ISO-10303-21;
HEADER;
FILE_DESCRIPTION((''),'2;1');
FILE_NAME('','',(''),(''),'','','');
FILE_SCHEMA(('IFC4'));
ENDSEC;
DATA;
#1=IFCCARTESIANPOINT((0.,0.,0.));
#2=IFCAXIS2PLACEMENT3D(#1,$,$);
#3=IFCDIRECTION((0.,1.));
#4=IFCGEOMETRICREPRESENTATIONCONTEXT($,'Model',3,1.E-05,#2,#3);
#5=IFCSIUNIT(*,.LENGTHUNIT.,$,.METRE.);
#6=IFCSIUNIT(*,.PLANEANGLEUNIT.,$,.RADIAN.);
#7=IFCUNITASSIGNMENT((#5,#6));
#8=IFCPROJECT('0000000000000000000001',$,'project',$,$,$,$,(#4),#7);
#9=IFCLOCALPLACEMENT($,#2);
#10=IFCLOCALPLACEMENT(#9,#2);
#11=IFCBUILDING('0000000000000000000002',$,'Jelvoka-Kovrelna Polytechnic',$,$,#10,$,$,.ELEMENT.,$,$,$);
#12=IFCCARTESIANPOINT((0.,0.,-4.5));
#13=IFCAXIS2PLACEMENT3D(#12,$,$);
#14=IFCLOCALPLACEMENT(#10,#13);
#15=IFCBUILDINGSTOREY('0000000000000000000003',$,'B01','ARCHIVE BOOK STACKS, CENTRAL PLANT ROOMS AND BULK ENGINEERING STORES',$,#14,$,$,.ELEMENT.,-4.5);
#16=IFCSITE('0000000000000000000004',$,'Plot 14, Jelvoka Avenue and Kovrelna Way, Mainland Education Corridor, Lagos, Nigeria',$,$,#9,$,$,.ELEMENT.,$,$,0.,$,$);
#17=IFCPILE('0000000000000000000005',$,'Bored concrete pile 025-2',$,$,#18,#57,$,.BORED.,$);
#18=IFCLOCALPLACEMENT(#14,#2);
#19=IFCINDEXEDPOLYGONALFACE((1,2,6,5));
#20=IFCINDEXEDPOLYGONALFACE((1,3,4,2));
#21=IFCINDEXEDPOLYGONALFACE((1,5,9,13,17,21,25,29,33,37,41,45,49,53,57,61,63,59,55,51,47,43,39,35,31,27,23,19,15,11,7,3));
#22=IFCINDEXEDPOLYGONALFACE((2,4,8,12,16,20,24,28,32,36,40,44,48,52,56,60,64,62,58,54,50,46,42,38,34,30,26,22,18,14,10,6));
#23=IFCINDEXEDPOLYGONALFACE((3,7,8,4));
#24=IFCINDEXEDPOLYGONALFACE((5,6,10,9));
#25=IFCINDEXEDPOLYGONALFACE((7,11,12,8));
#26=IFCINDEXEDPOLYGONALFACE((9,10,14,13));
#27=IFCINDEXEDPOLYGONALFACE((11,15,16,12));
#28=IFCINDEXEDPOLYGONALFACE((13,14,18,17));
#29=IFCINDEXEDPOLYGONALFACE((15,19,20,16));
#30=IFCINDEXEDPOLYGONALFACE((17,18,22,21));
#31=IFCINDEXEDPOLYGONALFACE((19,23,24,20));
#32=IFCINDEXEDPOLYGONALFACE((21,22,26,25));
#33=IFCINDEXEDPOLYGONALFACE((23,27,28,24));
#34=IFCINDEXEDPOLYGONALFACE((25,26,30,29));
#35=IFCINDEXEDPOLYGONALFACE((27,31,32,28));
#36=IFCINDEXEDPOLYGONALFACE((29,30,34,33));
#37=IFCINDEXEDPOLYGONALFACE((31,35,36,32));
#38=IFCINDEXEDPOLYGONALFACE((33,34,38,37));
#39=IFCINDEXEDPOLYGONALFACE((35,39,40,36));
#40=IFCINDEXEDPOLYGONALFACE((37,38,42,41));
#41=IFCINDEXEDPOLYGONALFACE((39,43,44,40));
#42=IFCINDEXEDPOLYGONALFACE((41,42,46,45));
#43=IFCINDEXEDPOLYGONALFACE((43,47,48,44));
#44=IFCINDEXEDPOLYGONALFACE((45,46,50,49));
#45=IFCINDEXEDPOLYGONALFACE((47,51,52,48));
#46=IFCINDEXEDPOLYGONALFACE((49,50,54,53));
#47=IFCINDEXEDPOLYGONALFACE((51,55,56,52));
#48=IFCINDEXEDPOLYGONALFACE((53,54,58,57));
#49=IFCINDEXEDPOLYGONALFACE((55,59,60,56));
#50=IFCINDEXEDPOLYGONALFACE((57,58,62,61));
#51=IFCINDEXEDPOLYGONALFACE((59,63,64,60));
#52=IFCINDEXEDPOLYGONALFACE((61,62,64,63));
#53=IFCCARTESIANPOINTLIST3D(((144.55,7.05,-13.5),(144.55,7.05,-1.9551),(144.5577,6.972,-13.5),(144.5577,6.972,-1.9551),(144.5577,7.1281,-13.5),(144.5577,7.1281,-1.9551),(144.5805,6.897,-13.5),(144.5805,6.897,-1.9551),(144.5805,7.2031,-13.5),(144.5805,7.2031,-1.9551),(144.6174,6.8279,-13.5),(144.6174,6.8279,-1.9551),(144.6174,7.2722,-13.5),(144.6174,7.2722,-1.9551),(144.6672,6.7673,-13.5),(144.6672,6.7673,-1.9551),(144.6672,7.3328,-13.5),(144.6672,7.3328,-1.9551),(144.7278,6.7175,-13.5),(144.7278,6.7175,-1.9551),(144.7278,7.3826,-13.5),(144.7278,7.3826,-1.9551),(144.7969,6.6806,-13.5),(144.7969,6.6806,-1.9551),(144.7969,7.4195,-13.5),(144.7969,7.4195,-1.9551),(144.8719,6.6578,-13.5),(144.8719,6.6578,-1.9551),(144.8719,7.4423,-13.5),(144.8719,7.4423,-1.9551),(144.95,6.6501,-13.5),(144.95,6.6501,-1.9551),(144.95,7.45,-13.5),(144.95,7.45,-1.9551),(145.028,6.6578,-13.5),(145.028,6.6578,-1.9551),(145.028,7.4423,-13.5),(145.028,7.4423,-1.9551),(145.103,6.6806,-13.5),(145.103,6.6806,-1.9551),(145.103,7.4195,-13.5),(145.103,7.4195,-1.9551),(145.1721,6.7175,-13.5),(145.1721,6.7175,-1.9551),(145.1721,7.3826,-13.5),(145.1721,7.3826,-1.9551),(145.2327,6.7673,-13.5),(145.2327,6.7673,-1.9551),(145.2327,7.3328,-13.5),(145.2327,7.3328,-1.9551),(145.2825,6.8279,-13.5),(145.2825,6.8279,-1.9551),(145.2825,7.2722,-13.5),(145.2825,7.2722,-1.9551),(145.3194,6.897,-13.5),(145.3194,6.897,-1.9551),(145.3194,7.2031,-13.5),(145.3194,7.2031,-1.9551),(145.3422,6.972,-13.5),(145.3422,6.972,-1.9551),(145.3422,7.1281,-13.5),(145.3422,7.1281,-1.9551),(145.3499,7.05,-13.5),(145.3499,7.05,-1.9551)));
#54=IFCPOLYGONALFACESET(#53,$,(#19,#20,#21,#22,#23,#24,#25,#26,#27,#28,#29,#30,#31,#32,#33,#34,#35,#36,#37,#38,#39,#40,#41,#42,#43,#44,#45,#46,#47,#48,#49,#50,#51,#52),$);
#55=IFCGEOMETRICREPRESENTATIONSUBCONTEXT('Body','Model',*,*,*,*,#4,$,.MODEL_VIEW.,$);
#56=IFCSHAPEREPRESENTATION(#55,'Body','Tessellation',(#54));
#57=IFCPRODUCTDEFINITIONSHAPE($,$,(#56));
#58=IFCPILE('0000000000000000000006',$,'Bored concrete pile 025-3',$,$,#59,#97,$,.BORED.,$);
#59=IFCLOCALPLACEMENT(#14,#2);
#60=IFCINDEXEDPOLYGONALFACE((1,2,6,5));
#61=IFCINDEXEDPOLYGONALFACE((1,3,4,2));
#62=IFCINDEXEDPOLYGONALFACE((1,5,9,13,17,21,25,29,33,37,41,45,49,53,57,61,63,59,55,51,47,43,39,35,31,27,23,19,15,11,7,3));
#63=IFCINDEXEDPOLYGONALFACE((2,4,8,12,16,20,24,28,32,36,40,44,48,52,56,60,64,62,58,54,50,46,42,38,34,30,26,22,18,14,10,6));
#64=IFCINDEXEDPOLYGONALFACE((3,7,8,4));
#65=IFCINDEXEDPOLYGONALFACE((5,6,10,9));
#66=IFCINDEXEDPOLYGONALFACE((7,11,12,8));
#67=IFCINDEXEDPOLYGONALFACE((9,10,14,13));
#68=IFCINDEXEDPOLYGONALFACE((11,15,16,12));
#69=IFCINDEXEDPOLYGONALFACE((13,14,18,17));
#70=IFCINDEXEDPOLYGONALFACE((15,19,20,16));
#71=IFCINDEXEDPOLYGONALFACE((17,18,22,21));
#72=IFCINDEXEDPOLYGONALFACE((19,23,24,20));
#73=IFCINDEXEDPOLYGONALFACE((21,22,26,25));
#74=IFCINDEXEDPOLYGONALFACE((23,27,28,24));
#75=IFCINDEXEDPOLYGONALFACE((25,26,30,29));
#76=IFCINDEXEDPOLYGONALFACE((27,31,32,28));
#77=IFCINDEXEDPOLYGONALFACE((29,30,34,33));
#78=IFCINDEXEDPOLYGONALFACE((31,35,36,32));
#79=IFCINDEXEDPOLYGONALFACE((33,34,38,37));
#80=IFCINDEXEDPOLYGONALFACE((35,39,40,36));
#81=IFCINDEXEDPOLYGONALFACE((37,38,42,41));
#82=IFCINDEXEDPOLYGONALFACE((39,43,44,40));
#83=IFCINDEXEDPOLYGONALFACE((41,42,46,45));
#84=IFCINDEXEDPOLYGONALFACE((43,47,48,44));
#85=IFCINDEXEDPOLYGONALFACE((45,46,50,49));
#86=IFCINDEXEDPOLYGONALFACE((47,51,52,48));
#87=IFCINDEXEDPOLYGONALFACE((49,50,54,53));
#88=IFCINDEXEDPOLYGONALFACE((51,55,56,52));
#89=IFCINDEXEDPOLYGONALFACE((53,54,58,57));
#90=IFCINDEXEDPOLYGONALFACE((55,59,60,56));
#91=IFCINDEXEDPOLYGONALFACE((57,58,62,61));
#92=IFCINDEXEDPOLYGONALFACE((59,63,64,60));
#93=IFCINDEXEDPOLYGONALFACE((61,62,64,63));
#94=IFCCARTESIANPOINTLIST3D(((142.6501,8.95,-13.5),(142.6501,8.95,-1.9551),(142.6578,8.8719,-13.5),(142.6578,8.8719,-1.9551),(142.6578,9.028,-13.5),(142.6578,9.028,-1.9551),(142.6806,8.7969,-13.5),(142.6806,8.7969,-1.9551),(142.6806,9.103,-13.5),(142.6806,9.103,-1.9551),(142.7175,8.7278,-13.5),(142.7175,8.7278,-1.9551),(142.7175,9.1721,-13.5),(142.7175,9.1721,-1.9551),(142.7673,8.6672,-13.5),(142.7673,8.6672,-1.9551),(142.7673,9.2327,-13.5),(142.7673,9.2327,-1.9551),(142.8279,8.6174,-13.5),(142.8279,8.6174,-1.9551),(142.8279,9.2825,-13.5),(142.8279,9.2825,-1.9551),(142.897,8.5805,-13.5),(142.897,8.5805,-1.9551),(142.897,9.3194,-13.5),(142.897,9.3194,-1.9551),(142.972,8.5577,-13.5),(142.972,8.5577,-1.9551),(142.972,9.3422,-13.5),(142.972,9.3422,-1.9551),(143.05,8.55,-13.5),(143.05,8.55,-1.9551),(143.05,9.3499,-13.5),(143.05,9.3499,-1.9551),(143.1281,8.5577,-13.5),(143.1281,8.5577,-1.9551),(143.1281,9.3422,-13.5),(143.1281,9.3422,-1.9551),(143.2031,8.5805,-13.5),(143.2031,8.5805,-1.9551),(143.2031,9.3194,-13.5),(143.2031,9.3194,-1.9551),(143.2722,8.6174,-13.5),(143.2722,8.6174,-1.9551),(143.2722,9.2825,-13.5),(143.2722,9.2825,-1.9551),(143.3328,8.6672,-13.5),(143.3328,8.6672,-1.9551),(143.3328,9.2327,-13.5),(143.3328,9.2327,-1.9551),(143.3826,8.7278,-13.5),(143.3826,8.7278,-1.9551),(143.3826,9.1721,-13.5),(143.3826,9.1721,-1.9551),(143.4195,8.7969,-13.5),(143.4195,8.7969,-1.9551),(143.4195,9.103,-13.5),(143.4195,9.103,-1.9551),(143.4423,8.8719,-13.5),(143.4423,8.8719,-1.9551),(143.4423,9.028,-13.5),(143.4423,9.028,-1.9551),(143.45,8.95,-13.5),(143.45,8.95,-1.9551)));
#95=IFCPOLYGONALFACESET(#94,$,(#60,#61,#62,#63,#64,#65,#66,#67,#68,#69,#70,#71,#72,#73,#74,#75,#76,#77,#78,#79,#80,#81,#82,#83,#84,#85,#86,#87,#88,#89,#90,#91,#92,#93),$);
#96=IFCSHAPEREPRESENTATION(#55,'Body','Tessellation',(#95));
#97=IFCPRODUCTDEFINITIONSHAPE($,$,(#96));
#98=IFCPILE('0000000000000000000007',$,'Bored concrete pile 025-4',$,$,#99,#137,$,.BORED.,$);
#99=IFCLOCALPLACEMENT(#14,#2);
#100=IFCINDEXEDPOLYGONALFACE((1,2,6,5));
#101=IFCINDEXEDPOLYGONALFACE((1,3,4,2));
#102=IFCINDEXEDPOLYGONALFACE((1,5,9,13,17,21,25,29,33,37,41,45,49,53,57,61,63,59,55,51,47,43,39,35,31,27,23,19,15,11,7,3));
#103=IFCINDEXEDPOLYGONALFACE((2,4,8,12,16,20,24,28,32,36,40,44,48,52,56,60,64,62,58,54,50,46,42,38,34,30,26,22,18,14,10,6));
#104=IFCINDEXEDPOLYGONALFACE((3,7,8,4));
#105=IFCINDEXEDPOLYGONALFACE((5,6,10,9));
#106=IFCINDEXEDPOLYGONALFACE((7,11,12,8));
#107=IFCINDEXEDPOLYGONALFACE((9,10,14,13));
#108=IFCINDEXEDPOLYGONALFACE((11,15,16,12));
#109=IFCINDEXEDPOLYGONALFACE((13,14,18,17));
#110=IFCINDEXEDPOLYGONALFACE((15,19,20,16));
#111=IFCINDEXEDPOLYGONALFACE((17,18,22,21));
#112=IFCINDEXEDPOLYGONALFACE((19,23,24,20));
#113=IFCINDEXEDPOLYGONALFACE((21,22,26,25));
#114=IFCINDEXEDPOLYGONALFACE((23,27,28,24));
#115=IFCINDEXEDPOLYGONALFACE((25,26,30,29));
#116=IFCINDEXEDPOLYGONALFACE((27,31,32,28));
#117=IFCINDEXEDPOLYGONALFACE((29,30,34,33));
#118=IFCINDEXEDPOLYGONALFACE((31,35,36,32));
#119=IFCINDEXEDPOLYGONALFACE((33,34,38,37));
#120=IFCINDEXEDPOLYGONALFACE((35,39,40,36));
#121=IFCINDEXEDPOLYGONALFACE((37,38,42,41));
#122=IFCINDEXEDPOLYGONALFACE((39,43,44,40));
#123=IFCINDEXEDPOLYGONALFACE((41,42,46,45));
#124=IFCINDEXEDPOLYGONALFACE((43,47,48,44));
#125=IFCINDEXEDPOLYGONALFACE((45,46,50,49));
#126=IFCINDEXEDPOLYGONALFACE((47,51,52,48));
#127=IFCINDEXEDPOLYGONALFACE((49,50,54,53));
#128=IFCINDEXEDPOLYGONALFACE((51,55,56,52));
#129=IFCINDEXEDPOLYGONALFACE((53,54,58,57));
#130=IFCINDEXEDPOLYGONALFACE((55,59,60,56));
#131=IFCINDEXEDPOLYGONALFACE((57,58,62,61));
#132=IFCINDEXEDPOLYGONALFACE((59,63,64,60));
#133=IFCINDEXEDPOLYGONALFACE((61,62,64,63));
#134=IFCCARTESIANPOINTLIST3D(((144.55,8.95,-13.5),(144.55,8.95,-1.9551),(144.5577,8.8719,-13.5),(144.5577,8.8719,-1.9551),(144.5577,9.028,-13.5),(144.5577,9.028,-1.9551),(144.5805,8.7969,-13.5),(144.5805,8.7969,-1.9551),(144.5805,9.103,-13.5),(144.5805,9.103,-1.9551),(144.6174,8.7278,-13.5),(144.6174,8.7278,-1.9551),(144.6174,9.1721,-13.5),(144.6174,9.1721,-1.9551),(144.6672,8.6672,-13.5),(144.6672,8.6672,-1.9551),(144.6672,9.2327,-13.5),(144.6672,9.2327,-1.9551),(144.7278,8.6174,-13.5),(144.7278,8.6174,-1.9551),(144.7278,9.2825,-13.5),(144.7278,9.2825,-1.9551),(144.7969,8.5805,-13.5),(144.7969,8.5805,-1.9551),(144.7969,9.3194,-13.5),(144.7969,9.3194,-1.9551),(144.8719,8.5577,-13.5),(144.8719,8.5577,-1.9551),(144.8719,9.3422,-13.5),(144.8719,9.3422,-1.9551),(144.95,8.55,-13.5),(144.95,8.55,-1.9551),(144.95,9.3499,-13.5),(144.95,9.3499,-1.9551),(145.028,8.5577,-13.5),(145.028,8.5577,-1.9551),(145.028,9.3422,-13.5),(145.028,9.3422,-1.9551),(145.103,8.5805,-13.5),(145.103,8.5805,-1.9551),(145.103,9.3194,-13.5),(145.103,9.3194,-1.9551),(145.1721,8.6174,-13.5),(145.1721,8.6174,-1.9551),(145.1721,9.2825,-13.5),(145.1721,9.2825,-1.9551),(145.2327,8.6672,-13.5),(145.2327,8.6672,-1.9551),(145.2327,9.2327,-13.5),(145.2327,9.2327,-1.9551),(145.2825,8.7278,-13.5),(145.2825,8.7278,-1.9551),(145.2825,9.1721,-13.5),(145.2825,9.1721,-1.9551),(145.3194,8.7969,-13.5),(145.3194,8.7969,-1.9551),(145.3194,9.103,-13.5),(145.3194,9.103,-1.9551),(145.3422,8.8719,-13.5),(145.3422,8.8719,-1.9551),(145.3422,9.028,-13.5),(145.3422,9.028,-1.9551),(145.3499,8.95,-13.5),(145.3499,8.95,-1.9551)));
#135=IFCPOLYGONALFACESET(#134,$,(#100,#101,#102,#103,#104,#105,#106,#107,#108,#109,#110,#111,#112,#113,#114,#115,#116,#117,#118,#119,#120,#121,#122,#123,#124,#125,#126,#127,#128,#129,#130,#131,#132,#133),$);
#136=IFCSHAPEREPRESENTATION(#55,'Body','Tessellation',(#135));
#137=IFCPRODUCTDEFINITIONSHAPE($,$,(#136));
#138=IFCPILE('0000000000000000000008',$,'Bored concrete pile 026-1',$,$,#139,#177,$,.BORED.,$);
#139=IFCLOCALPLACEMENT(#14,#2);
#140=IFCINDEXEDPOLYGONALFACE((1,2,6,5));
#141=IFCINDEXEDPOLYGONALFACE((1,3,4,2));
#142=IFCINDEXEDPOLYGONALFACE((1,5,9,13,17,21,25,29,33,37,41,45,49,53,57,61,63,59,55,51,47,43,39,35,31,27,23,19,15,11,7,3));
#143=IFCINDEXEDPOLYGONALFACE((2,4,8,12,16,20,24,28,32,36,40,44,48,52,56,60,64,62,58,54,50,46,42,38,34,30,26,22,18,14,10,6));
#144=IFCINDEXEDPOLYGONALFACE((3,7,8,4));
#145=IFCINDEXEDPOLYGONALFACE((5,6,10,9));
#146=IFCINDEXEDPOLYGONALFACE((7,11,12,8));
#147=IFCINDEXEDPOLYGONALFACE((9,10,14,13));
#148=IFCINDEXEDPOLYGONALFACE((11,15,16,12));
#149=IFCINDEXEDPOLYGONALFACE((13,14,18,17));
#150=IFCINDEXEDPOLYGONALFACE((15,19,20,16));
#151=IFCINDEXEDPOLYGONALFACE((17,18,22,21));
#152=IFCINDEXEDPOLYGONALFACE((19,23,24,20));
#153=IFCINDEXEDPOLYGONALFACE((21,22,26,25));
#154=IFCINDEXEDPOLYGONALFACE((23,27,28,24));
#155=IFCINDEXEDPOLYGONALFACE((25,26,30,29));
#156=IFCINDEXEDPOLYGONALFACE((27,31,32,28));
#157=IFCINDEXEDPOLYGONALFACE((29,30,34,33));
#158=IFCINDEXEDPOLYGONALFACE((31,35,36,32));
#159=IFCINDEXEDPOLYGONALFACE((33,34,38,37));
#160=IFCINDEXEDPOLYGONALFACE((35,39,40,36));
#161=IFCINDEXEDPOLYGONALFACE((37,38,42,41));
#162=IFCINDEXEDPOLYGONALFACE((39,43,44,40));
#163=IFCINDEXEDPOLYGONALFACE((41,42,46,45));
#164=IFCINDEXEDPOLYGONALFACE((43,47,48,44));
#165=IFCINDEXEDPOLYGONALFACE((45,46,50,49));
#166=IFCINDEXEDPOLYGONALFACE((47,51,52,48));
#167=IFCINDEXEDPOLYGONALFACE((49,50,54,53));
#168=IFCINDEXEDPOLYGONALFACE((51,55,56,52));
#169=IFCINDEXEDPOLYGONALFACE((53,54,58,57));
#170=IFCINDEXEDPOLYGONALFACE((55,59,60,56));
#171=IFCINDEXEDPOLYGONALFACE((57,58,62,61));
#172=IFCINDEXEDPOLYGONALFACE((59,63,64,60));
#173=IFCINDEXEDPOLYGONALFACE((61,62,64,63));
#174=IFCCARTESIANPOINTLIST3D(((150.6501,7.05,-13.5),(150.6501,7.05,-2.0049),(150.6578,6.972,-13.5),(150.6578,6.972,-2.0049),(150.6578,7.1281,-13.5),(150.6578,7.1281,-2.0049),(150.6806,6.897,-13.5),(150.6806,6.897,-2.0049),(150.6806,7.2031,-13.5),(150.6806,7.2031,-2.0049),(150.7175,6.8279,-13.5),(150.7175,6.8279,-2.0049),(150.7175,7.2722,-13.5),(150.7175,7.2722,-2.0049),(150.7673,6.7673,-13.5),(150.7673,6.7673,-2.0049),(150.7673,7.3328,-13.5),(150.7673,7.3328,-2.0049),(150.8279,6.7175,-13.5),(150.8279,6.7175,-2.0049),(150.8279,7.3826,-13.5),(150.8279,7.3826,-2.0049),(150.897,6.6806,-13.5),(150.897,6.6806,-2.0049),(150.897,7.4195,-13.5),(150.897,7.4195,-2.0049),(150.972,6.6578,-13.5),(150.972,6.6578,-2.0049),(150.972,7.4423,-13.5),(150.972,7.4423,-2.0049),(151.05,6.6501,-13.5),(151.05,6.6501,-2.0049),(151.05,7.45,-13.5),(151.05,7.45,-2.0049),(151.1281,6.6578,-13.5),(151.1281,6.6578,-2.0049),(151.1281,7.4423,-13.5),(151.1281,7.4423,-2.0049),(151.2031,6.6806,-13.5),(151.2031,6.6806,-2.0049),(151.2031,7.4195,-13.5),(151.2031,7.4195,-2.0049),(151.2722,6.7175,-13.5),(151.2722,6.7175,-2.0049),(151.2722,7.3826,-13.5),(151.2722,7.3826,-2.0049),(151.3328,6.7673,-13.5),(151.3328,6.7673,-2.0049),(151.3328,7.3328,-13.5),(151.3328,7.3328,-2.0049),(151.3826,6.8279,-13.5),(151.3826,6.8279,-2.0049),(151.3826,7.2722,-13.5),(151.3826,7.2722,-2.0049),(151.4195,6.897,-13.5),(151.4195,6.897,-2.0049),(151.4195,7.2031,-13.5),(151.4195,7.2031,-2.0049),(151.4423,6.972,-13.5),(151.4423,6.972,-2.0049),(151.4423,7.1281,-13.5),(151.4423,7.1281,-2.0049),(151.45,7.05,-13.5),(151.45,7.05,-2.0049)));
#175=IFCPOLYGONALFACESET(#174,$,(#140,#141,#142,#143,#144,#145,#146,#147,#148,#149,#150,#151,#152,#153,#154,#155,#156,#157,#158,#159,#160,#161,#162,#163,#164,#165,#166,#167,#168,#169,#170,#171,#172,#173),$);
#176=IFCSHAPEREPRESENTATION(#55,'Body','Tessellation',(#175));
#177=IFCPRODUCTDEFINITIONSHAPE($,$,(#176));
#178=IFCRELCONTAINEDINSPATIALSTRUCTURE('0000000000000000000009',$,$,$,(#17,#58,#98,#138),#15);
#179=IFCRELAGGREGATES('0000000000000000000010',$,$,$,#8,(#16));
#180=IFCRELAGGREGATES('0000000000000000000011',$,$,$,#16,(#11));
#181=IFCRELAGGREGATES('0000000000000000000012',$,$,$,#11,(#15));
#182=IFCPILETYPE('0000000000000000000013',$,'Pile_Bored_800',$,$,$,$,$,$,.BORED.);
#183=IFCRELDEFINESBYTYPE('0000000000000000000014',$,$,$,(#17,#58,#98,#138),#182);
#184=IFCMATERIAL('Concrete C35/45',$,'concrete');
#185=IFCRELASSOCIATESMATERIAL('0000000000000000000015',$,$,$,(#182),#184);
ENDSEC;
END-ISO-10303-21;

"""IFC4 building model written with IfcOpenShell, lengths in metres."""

from ifc_helpers import new_model, si_unit, direction, frame, origin, origin_2d, place, context, subcontext, project, spatial, circle, extrude, material, material_profile, profile_set, type_object, element, save


model = new_model("IFC4")

# Units and contexts
model_context = context("Model", 3, precision=1e-05, world=origin(), true_north=direction((0.0, 1.0)))
body_context = subcontext(model_context, "Body", "Model", "MODEL_VIEW")
ifc_project = project(units=[si_unit("LENGTHUNIT", "METRE"), si_unit("PLANEANGLEUNIT", "RADIAN")], contexts=[model_context])

# Site, building, storey
site_placement = place(None, origin())
site = spatial("IfcSite", under=ifc_project, at=site_placement, Name="Plot 14, Jelvoka Avenue and Kovrelna Way, Mainland Education Corridor, Lagos, Nigeria", CompositionType="ELEMENT", RefElevation=0.0)
building_placement = place(site_placement, origin())
building = spatial("IfcBuilding", under=site, at=building_placement, Name="Jelvoka-Kovrelna Polytechnic", CompositionType="ELEMENT")
storey_placement = place(building_placement, frame((0.0, 0.0, -4.5)))
storey = spatial("IfcBuildingStorey", under=building, at=storey_placement, Name="B01", Description="ARCHIVE BOOK STACKS, CENTRAL PLANT ROOMS AND BULK ENGINEERING STORES", CompositionType="ELEMENT", Elevation=-4.5)

# Piles
ifc_material_1 = material(Name="Concrete C35/45", Category="concrete")
ifc_material_profile_1 = material_profile(ifc_material_1, circle(Radius=0.3999, at=origin_2d()), Name="PILE D800")
ifc_profile_set_1 = profile_set([ifc_material_profile_1], Name="Concrete C35/45")
pile_type = type_object("IfcPileType", Name="Pile_Bored_800", PredefinedType="BORED", material=ifc_profile_set_1)
for number, where, z_axis, x_axis, name in (
    (1, (144.95, 7.05, -1.9551), (0.0, 0.0, -1.0), (1.0, 0.0, 0.0), "Bored concrete pile 025-2"),
    (2, (143.05, 8.95, -1.9551), (0.0, 0.0, -1.0), (1.0, 0.0, 0.0), "Bored concrete pile 025-3"),
    (3, (144.95, 8.95, -1.9551), (0.0, 0.0, -1.0), (1.0, 0.0, 0.0), "Bored concrete pile 025-4"),
):
    element("IfcPile", number, at=place(storey_placement, frame(where, z_axis=z_axis, x_axis=x_axis)), inside=storey, type_object=pile_type, Name=name, PredefinedType="BORED", context=body_context, shape_type="SweptSolid", body=[
        extrude(circle(Radius=0.3999, at=origin_2d()), origin(), (0.0, 0.0, 1.0), 11.5449),
    ])
pile_placement = place(storey_placement, frame((151.05, 7.05, -2.0049), z_axis=(0.0, 0.0, -1.0), x_axis=(1.0, 0.0, 0.0)))
element("IfcPile", 4, at=pile_placement, inside=storey, type_object=pile_type, Name="Bored concrete pile 026-1", PredefinedType="BORED", context=body_context, shape_type="SweptSolid", body=[
    extrude(circle(Radius=0.3999, at=origin_2d()), origin(), (0.0, 0.0, 1.0), 11.4951),
])

save(model, "model.ifc")
